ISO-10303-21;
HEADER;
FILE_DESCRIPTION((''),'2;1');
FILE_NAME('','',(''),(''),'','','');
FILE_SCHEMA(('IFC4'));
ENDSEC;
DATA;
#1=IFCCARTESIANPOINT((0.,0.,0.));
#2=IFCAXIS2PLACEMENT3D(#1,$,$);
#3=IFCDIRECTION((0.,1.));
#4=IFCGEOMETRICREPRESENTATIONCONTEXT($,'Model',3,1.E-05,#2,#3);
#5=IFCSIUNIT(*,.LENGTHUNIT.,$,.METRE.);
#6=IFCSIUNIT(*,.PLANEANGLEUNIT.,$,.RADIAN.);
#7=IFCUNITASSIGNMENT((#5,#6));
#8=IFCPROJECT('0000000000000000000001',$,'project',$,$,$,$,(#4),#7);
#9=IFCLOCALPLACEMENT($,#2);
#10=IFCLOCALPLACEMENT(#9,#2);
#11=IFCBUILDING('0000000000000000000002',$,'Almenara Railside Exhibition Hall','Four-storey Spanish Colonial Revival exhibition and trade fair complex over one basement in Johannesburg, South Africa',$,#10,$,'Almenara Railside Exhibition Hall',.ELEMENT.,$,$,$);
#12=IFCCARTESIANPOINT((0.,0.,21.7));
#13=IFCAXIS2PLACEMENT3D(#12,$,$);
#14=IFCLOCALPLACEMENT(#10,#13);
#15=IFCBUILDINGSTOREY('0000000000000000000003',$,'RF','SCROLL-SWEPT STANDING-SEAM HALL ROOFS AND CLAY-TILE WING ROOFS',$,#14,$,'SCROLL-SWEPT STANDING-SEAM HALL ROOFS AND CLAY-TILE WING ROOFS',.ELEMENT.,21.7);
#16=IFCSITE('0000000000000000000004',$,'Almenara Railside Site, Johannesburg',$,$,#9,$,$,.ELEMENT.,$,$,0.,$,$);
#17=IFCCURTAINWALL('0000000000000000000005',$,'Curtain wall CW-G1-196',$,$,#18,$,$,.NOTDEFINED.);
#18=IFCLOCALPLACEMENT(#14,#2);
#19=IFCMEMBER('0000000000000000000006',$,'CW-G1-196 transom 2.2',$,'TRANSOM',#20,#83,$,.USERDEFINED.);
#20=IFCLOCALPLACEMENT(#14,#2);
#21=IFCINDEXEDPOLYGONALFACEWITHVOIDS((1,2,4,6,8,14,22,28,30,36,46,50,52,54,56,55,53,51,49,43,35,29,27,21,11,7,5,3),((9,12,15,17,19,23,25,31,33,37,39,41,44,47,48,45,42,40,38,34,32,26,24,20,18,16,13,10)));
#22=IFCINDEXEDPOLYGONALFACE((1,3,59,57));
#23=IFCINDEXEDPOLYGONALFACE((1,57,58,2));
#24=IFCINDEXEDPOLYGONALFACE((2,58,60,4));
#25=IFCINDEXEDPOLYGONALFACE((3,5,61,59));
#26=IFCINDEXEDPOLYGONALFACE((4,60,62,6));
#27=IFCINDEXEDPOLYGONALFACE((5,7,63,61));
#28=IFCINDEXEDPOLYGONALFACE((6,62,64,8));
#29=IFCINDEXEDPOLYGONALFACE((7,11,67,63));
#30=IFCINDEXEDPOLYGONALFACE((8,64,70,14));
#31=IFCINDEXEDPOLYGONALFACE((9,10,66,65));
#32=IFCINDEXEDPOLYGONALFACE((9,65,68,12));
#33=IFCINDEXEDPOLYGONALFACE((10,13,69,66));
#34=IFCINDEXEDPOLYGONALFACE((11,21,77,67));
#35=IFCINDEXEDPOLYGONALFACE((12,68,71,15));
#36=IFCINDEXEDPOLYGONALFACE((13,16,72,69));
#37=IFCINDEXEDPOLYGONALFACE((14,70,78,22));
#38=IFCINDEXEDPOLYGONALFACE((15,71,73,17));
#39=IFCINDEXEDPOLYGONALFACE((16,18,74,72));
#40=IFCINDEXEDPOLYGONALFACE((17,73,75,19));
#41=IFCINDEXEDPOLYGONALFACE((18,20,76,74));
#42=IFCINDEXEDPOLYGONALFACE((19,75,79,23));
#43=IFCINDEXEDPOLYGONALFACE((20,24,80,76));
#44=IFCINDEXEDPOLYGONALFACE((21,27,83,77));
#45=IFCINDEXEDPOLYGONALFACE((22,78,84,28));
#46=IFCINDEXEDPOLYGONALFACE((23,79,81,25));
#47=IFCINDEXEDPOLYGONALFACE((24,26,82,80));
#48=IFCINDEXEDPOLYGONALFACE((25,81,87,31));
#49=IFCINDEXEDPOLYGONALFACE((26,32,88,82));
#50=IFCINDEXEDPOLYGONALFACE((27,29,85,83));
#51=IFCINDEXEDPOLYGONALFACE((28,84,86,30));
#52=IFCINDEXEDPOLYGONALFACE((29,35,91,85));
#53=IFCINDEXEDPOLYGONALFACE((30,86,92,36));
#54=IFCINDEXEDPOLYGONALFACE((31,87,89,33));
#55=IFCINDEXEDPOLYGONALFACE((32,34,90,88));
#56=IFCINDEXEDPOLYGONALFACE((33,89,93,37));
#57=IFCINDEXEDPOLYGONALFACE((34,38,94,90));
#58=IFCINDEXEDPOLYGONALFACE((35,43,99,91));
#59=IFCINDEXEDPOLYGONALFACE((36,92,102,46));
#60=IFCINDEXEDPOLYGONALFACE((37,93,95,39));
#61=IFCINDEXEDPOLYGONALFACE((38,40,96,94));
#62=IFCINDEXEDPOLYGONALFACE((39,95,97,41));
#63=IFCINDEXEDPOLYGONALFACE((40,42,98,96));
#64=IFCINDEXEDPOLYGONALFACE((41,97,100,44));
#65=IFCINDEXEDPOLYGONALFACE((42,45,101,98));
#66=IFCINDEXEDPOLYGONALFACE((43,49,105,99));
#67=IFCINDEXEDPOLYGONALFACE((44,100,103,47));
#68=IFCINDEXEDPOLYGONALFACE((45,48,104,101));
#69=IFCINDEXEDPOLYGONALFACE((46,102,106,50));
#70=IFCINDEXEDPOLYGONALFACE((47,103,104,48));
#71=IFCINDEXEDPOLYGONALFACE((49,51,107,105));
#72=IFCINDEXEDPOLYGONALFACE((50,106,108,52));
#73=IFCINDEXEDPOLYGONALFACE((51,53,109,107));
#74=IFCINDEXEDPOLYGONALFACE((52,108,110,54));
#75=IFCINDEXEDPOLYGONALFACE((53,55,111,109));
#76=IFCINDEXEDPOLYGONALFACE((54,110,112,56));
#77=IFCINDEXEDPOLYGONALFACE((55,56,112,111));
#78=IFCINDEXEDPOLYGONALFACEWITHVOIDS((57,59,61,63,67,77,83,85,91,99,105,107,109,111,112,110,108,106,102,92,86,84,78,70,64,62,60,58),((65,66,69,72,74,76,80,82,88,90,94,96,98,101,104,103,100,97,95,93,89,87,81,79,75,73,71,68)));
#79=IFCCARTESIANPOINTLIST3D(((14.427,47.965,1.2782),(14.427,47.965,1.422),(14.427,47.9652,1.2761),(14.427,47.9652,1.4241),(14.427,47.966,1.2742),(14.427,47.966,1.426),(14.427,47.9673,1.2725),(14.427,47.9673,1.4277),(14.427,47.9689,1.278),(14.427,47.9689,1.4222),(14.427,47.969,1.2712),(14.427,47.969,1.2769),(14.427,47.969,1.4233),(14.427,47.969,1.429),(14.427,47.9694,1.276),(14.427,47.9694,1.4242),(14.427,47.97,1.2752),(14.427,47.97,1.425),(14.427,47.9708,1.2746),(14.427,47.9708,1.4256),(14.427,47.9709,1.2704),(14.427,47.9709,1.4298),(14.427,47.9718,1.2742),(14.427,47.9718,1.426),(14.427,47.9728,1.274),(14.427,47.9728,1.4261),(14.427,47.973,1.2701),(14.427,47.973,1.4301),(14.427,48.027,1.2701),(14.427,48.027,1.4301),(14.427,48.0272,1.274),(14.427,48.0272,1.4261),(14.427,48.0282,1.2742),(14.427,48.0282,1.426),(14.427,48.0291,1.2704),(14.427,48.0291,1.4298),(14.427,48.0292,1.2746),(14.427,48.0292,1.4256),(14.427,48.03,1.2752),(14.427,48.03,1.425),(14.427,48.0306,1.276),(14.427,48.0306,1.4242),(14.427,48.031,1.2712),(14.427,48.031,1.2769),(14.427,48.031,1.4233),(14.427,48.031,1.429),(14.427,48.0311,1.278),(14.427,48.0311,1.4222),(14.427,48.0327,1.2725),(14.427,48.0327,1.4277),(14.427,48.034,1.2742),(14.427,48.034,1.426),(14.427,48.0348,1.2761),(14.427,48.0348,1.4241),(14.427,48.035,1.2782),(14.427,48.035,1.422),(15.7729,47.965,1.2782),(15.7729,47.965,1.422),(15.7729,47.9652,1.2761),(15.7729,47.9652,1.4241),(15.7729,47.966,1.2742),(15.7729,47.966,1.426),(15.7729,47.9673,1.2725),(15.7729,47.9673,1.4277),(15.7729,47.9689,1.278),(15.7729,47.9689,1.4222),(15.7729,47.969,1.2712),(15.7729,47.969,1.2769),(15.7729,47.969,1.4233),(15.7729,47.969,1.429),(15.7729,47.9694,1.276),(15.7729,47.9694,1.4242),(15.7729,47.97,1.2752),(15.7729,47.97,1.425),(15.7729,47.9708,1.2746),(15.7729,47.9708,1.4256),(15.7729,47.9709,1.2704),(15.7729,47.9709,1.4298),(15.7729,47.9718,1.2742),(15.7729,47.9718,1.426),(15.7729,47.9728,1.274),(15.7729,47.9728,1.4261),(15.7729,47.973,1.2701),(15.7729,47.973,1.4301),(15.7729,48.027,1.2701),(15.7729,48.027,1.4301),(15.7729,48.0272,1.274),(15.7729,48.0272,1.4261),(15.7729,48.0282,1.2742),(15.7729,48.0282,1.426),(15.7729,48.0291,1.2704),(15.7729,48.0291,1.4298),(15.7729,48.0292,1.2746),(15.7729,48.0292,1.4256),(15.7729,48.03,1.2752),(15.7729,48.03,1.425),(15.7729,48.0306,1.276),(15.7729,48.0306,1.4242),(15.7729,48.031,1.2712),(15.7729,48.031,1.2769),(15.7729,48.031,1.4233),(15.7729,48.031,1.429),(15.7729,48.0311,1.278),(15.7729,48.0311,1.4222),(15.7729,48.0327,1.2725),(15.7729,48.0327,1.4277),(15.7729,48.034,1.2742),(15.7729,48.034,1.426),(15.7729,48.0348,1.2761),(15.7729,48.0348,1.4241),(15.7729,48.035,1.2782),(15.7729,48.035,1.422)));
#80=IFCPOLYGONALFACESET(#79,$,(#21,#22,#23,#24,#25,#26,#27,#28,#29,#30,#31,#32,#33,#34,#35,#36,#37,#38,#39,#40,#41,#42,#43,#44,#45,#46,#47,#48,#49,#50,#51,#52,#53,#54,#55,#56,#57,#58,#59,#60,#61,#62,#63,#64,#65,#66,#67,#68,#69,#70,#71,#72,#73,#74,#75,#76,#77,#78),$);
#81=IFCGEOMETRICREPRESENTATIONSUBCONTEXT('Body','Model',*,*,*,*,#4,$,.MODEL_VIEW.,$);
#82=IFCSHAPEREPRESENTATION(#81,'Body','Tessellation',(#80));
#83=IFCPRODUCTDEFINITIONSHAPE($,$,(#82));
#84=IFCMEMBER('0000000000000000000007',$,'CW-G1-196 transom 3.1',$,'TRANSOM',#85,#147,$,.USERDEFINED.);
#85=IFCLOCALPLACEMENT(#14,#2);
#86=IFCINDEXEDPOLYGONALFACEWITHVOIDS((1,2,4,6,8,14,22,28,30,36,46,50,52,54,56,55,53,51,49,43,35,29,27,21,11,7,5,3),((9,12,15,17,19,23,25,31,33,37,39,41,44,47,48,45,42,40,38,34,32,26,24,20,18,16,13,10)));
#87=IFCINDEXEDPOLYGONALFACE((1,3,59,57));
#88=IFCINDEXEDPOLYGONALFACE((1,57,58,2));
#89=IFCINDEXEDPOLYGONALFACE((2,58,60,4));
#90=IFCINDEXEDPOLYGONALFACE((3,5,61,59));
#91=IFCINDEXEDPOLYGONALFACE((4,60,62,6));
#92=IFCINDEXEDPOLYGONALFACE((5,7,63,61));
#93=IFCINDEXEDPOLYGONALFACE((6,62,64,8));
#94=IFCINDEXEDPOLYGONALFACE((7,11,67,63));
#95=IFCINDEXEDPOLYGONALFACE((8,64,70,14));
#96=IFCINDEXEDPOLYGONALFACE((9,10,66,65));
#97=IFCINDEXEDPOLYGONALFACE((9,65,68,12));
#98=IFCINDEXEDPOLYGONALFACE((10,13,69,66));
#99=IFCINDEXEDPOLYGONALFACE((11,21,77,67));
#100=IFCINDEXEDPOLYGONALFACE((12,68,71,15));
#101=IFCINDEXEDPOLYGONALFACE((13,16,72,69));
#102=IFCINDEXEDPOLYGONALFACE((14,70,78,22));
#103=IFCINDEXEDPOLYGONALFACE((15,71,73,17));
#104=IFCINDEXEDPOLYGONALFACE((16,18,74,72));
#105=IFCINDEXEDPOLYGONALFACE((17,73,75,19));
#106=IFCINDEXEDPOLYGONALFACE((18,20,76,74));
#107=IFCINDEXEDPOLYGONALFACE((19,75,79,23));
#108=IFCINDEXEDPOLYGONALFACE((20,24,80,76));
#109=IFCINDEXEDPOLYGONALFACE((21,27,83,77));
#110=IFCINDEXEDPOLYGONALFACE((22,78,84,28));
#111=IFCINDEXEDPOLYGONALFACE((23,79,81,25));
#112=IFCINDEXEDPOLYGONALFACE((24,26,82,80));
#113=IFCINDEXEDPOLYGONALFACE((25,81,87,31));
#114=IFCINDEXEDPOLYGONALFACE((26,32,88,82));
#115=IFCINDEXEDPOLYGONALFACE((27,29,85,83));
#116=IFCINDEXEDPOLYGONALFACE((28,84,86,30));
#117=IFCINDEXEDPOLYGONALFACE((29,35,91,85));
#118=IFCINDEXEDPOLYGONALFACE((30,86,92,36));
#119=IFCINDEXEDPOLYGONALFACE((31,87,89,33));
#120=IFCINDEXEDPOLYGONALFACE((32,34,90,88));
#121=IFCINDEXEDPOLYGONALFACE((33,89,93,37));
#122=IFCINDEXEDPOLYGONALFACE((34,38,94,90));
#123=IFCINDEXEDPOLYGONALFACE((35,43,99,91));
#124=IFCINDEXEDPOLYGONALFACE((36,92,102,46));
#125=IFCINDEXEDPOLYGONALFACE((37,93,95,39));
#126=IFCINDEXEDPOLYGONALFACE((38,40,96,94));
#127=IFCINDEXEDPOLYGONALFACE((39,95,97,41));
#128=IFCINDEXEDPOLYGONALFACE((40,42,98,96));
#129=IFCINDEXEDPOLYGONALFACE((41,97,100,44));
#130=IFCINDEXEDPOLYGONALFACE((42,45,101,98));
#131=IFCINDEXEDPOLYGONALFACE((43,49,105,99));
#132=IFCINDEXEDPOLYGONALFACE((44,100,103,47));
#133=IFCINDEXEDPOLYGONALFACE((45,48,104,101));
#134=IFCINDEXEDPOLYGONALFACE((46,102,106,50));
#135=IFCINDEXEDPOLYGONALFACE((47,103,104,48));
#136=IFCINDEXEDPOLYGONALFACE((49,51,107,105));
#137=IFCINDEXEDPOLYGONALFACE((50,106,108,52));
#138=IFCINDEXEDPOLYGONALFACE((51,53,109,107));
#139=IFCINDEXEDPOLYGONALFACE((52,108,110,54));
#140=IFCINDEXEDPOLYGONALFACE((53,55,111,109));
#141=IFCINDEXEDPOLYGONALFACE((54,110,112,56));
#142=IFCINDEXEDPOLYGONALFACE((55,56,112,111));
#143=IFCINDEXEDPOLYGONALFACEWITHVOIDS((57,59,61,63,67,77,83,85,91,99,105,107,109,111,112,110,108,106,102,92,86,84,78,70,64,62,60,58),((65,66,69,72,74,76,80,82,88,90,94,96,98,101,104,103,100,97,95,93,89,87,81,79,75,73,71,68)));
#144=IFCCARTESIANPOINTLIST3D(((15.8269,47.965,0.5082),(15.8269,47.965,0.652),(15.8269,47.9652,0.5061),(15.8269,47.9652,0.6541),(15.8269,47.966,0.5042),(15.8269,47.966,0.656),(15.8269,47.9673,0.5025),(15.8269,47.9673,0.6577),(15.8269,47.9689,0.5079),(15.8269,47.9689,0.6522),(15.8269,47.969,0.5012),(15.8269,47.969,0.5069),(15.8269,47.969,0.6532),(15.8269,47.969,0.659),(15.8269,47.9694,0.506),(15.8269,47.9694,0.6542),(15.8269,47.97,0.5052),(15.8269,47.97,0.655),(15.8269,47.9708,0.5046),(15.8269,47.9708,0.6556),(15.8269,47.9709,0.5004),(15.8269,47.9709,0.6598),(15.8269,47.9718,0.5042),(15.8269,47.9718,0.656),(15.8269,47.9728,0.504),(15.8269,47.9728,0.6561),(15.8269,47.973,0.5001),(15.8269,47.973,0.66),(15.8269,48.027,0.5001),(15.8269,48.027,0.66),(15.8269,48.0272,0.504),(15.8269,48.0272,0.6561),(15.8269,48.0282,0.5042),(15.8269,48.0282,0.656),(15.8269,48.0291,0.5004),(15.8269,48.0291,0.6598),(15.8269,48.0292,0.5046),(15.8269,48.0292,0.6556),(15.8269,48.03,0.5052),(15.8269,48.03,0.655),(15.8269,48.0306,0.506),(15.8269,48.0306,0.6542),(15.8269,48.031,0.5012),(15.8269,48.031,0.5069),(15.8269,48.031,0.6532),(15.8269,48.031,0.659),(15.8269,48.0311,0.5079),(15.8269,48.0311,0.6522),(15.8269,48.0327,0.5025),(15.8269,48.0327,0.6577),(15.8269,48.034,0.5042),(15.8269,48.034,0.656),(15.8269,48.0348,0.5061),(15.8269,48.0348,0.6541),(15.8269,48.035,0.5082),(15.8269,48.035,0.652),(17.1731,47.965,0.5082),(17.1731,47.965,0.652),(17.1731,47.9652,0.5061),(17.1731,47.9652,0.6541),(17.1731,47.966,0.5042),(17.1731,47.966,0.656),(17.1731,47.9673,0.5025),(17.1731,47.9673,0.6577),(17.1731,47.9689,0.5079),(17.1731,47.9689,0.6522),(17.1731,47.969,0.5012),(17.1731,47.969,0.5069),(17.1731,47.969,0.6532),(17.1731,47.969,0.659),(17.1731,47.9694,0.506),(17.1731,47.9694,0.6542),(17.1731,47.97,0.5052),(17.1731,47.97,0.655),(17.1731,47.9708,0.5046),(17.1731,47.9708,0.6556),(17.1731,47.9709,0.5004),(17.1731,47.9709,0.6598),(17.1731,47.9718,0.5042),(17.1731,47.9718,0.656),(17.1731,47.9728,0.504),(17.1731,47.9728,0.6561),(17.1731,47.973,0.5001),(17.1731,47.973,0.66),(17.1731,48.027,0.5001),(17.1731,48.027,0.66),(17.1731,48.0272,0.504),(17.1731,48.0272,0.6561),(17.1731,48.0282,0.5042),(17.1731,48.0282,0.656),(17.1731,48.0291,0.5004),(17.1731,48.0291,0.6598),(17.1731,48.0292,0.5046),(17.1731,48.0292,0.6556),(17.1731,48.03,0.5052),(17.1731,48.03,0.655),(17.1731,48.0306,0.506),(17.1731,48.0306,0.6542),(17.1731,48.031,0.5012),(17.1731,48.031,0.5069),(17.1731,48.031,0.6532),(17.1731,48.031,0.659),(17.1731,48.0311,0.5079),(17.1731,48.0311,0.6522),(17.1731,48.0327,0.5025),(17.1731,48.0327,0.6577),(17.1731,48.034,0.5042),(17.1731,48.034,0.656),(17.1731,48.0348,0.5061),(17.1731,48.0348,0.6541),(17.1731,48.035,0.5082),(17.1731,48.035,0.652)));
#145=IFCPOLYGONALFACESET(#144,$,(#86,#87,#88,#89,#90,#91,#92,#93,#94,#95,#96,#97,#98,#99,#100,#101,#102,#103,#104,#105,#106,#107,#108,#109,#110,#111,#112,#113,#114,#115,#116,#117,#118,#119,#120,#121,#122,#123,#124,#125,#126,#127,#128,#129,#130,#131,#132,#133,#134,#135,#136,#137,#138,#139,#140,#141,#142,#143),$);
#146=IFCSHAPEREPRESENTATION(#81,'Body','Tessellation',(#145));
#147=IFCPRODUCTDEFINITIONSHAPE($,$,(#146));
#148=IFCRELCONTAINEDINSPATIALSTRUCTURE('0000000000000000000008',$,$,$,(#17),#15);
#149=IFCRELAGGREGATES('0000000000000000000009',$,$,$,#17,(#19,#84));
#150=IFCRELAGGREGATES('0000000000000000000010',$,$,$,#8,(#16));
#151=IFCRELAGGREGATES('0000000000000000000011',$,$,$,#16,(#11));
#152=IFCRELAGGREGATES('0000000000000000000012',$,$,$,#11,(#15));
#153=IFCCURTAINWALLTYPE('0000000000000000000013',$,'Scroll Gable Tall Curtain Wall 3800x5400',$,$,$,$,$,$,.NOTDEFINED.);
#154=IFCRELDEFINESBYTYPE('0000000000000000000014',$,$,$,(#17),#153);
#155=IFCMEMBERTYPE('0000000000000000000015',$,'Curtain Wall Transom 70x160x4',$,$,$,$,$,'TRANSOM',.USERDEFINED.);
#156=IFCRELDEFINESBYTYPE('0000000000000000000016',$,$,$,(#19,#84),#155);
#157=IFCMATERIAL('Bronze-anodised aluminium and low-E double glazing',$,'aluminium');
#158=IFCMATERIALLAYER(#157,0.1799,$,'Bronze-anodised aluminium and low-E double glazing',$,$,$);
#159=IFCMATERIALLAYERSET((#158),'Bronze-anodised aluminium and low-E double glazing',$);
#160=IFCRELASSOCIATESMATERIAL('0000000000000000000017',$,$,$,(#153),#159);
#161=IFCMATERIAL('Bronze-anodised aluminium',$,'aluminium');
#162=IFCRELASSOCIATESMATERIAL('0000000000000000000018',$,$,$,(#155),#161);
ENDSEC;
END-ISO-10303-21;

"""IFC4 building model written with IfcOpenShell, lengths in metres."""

from ifc_helpers import new_model, si_unit, direction, frame, origin, origin_2d, place, context, subcontext, project, spatial, hollow_rectangle, extrude, material, layer, layer_set, material_profile, profile_set, type_object, element, aggregate, save


model = new_model("IFC4")

# Units and contexts
model_context = context("Model", 3, precision=1e-05, world=origin(), true_north=direction((0.0, 1.0)))
body_context = subcontext(model_context, "Body", "Model", "MODEL_VIEW")
ifc_project = project(units=[si_unit("LENGTHUNIT", "METRE"), si_unit("PLANEANGLEUNIT", "RADIAN")], contexts=[model_context])

# Site, building, storey
site_placement = place(None, origin())
site = spatial("IfcSite", under=ifc_project, at=site_placement, Name="Almenara Railside Site, Johannesburg", CompositionType="ELEMENT", RefElevation=0.0)
building_placement = place(site_placement, origin())
building = spatial("IfcBuilding", under=site, at=building_placement, Name="Almenara Railside Exhibition Hall", Description="Four-storey Spanish Colonial Revival exhibition and trade fair complex over one basement in Johannesburg, South Africa", LongName="Almenara Railside Exhibition Hall", CompositionType="ELEMENT")
storey_placement = place(building_placement, frame((0.0, 0.0, 21.7)))
storey = spatial("IfcBuildingStorey", under=building, at=storey_placement, Name="RF", Description="SCROLL-SWEPT STANDING-SEAM HALL ROOFS AND CLAY-TILE WING ROOFS", LongName="SCROLL-SWEPT STANDING-SEAM HALL ROOFS AND CLAY-TILE WING ROOFS", CompositionType="ELEMENT", Elevation=21.7)

# Shared definitions
ifc_material_1 = material(Name="Bronze-anodised aluminium and low-E double glazing", Category="aluminium")
ifc_material_2 = material(Name="Bronze-anodised aluminium", Category="aluminium")

# Curtain wall
ifc_layer_1 = layer(ifc_material_1, 0.1799, Name="Bronze-anodised aluminium and low-E double glazing")
ifc_layer_set_1 = layer_set([ifc_layer_1], Name="Bronze-anodised aluminium and low-E double glazing")
curtain_wall_type_1 = type_object("IfcCurtainWallType", Name="Scroll Gable Tall Curtain Wall 3800x5400", PredefinedType="NOTDEFINED", material=ifc_layer_set_1)
curtain_wall_1_placement = place(storey_placement, origin())
curtain_wall_1 = element("IfcCurtainWall", 1, at=curtain_wall_1_placement, inside=storey, type_object=curtain_wall_type_1, Name="Curtain wall CW-G1-196", PredefinedType="NOTDEFINED")

# Members
ifc_material_profile_1 = material_profile(ifc_material_2, hollow_rectangle(XDim=0.0701, YDim=0.1599, WallThickness=0.0039, InnerFilletRadius=0.0039, OuterFilletRadius=0.0081, at=origin_2d()), Name="ALU-TRN 70x160x4")
ifc_profile_set_1 = profile_set([ifc_material_profile_1], Name="Bronze-anodised aluminium")
member_type_1 = type_object("IfcMemberType", Name="Curtain Wall Transom 70x160x4", ElementType="TRANSOM", PredefinedType="USERDEFINED", material=ifc_profile_set_1)
member_1_placement = place(storey_placement, frame((14.427, 48.0, 1.3501), z_axis=(1.0, 0.0, 0.0), x_axis=(0.0, 1.0, 0.0)))
member_1 = element("IfcMember", 2, at=member_1_placement, type_object=member_type_1, Name="CW-G1-196 transom 2.2", ObjectType="TRANSOM", PredefinedType="USERDEFINED", context=body_context, shape_type="SweptSolid", body=[
    extrude(hollow_rectangle(XDim=0.0701, YDim=0.1599, WallThickness=0.0039, InnerFilletRadius=0.0039, OuterFilletRadius=0.0081, at=origin_2d()), origin(), (0.0, 0.0, 1.0), 1.3459),
])
member_2_placement = place(storey_placement, frame((15.8269, 48.0, 0.5801), z_axis=(1.0, 0.0, 0.0), x_axis=(0.0, 1.0, 0.0)))
member_2 = element("IfcMember", 3, at=member_2_placement, type_object=member_type_1, Name="CW-G1-196 transom 3.1", ObjectType="TRANSOM", PredefinedType="USERDEFINED", context=body_context, shape_type="SweptSolid", body=[
    extrude(hollow_rectangle(XDim=0.0701, YDim=0.1599, WallThickness=0.0039, InnerFilletRadius=0.0039, OuterFilletRadius=0.0081, at=origin_2d()), origin(), (0.0, 0.0, 1.0), 1.3462),
])

aggregate(curtain_wall_1, [member_1, member_2])

save(model, "model.ifc")
